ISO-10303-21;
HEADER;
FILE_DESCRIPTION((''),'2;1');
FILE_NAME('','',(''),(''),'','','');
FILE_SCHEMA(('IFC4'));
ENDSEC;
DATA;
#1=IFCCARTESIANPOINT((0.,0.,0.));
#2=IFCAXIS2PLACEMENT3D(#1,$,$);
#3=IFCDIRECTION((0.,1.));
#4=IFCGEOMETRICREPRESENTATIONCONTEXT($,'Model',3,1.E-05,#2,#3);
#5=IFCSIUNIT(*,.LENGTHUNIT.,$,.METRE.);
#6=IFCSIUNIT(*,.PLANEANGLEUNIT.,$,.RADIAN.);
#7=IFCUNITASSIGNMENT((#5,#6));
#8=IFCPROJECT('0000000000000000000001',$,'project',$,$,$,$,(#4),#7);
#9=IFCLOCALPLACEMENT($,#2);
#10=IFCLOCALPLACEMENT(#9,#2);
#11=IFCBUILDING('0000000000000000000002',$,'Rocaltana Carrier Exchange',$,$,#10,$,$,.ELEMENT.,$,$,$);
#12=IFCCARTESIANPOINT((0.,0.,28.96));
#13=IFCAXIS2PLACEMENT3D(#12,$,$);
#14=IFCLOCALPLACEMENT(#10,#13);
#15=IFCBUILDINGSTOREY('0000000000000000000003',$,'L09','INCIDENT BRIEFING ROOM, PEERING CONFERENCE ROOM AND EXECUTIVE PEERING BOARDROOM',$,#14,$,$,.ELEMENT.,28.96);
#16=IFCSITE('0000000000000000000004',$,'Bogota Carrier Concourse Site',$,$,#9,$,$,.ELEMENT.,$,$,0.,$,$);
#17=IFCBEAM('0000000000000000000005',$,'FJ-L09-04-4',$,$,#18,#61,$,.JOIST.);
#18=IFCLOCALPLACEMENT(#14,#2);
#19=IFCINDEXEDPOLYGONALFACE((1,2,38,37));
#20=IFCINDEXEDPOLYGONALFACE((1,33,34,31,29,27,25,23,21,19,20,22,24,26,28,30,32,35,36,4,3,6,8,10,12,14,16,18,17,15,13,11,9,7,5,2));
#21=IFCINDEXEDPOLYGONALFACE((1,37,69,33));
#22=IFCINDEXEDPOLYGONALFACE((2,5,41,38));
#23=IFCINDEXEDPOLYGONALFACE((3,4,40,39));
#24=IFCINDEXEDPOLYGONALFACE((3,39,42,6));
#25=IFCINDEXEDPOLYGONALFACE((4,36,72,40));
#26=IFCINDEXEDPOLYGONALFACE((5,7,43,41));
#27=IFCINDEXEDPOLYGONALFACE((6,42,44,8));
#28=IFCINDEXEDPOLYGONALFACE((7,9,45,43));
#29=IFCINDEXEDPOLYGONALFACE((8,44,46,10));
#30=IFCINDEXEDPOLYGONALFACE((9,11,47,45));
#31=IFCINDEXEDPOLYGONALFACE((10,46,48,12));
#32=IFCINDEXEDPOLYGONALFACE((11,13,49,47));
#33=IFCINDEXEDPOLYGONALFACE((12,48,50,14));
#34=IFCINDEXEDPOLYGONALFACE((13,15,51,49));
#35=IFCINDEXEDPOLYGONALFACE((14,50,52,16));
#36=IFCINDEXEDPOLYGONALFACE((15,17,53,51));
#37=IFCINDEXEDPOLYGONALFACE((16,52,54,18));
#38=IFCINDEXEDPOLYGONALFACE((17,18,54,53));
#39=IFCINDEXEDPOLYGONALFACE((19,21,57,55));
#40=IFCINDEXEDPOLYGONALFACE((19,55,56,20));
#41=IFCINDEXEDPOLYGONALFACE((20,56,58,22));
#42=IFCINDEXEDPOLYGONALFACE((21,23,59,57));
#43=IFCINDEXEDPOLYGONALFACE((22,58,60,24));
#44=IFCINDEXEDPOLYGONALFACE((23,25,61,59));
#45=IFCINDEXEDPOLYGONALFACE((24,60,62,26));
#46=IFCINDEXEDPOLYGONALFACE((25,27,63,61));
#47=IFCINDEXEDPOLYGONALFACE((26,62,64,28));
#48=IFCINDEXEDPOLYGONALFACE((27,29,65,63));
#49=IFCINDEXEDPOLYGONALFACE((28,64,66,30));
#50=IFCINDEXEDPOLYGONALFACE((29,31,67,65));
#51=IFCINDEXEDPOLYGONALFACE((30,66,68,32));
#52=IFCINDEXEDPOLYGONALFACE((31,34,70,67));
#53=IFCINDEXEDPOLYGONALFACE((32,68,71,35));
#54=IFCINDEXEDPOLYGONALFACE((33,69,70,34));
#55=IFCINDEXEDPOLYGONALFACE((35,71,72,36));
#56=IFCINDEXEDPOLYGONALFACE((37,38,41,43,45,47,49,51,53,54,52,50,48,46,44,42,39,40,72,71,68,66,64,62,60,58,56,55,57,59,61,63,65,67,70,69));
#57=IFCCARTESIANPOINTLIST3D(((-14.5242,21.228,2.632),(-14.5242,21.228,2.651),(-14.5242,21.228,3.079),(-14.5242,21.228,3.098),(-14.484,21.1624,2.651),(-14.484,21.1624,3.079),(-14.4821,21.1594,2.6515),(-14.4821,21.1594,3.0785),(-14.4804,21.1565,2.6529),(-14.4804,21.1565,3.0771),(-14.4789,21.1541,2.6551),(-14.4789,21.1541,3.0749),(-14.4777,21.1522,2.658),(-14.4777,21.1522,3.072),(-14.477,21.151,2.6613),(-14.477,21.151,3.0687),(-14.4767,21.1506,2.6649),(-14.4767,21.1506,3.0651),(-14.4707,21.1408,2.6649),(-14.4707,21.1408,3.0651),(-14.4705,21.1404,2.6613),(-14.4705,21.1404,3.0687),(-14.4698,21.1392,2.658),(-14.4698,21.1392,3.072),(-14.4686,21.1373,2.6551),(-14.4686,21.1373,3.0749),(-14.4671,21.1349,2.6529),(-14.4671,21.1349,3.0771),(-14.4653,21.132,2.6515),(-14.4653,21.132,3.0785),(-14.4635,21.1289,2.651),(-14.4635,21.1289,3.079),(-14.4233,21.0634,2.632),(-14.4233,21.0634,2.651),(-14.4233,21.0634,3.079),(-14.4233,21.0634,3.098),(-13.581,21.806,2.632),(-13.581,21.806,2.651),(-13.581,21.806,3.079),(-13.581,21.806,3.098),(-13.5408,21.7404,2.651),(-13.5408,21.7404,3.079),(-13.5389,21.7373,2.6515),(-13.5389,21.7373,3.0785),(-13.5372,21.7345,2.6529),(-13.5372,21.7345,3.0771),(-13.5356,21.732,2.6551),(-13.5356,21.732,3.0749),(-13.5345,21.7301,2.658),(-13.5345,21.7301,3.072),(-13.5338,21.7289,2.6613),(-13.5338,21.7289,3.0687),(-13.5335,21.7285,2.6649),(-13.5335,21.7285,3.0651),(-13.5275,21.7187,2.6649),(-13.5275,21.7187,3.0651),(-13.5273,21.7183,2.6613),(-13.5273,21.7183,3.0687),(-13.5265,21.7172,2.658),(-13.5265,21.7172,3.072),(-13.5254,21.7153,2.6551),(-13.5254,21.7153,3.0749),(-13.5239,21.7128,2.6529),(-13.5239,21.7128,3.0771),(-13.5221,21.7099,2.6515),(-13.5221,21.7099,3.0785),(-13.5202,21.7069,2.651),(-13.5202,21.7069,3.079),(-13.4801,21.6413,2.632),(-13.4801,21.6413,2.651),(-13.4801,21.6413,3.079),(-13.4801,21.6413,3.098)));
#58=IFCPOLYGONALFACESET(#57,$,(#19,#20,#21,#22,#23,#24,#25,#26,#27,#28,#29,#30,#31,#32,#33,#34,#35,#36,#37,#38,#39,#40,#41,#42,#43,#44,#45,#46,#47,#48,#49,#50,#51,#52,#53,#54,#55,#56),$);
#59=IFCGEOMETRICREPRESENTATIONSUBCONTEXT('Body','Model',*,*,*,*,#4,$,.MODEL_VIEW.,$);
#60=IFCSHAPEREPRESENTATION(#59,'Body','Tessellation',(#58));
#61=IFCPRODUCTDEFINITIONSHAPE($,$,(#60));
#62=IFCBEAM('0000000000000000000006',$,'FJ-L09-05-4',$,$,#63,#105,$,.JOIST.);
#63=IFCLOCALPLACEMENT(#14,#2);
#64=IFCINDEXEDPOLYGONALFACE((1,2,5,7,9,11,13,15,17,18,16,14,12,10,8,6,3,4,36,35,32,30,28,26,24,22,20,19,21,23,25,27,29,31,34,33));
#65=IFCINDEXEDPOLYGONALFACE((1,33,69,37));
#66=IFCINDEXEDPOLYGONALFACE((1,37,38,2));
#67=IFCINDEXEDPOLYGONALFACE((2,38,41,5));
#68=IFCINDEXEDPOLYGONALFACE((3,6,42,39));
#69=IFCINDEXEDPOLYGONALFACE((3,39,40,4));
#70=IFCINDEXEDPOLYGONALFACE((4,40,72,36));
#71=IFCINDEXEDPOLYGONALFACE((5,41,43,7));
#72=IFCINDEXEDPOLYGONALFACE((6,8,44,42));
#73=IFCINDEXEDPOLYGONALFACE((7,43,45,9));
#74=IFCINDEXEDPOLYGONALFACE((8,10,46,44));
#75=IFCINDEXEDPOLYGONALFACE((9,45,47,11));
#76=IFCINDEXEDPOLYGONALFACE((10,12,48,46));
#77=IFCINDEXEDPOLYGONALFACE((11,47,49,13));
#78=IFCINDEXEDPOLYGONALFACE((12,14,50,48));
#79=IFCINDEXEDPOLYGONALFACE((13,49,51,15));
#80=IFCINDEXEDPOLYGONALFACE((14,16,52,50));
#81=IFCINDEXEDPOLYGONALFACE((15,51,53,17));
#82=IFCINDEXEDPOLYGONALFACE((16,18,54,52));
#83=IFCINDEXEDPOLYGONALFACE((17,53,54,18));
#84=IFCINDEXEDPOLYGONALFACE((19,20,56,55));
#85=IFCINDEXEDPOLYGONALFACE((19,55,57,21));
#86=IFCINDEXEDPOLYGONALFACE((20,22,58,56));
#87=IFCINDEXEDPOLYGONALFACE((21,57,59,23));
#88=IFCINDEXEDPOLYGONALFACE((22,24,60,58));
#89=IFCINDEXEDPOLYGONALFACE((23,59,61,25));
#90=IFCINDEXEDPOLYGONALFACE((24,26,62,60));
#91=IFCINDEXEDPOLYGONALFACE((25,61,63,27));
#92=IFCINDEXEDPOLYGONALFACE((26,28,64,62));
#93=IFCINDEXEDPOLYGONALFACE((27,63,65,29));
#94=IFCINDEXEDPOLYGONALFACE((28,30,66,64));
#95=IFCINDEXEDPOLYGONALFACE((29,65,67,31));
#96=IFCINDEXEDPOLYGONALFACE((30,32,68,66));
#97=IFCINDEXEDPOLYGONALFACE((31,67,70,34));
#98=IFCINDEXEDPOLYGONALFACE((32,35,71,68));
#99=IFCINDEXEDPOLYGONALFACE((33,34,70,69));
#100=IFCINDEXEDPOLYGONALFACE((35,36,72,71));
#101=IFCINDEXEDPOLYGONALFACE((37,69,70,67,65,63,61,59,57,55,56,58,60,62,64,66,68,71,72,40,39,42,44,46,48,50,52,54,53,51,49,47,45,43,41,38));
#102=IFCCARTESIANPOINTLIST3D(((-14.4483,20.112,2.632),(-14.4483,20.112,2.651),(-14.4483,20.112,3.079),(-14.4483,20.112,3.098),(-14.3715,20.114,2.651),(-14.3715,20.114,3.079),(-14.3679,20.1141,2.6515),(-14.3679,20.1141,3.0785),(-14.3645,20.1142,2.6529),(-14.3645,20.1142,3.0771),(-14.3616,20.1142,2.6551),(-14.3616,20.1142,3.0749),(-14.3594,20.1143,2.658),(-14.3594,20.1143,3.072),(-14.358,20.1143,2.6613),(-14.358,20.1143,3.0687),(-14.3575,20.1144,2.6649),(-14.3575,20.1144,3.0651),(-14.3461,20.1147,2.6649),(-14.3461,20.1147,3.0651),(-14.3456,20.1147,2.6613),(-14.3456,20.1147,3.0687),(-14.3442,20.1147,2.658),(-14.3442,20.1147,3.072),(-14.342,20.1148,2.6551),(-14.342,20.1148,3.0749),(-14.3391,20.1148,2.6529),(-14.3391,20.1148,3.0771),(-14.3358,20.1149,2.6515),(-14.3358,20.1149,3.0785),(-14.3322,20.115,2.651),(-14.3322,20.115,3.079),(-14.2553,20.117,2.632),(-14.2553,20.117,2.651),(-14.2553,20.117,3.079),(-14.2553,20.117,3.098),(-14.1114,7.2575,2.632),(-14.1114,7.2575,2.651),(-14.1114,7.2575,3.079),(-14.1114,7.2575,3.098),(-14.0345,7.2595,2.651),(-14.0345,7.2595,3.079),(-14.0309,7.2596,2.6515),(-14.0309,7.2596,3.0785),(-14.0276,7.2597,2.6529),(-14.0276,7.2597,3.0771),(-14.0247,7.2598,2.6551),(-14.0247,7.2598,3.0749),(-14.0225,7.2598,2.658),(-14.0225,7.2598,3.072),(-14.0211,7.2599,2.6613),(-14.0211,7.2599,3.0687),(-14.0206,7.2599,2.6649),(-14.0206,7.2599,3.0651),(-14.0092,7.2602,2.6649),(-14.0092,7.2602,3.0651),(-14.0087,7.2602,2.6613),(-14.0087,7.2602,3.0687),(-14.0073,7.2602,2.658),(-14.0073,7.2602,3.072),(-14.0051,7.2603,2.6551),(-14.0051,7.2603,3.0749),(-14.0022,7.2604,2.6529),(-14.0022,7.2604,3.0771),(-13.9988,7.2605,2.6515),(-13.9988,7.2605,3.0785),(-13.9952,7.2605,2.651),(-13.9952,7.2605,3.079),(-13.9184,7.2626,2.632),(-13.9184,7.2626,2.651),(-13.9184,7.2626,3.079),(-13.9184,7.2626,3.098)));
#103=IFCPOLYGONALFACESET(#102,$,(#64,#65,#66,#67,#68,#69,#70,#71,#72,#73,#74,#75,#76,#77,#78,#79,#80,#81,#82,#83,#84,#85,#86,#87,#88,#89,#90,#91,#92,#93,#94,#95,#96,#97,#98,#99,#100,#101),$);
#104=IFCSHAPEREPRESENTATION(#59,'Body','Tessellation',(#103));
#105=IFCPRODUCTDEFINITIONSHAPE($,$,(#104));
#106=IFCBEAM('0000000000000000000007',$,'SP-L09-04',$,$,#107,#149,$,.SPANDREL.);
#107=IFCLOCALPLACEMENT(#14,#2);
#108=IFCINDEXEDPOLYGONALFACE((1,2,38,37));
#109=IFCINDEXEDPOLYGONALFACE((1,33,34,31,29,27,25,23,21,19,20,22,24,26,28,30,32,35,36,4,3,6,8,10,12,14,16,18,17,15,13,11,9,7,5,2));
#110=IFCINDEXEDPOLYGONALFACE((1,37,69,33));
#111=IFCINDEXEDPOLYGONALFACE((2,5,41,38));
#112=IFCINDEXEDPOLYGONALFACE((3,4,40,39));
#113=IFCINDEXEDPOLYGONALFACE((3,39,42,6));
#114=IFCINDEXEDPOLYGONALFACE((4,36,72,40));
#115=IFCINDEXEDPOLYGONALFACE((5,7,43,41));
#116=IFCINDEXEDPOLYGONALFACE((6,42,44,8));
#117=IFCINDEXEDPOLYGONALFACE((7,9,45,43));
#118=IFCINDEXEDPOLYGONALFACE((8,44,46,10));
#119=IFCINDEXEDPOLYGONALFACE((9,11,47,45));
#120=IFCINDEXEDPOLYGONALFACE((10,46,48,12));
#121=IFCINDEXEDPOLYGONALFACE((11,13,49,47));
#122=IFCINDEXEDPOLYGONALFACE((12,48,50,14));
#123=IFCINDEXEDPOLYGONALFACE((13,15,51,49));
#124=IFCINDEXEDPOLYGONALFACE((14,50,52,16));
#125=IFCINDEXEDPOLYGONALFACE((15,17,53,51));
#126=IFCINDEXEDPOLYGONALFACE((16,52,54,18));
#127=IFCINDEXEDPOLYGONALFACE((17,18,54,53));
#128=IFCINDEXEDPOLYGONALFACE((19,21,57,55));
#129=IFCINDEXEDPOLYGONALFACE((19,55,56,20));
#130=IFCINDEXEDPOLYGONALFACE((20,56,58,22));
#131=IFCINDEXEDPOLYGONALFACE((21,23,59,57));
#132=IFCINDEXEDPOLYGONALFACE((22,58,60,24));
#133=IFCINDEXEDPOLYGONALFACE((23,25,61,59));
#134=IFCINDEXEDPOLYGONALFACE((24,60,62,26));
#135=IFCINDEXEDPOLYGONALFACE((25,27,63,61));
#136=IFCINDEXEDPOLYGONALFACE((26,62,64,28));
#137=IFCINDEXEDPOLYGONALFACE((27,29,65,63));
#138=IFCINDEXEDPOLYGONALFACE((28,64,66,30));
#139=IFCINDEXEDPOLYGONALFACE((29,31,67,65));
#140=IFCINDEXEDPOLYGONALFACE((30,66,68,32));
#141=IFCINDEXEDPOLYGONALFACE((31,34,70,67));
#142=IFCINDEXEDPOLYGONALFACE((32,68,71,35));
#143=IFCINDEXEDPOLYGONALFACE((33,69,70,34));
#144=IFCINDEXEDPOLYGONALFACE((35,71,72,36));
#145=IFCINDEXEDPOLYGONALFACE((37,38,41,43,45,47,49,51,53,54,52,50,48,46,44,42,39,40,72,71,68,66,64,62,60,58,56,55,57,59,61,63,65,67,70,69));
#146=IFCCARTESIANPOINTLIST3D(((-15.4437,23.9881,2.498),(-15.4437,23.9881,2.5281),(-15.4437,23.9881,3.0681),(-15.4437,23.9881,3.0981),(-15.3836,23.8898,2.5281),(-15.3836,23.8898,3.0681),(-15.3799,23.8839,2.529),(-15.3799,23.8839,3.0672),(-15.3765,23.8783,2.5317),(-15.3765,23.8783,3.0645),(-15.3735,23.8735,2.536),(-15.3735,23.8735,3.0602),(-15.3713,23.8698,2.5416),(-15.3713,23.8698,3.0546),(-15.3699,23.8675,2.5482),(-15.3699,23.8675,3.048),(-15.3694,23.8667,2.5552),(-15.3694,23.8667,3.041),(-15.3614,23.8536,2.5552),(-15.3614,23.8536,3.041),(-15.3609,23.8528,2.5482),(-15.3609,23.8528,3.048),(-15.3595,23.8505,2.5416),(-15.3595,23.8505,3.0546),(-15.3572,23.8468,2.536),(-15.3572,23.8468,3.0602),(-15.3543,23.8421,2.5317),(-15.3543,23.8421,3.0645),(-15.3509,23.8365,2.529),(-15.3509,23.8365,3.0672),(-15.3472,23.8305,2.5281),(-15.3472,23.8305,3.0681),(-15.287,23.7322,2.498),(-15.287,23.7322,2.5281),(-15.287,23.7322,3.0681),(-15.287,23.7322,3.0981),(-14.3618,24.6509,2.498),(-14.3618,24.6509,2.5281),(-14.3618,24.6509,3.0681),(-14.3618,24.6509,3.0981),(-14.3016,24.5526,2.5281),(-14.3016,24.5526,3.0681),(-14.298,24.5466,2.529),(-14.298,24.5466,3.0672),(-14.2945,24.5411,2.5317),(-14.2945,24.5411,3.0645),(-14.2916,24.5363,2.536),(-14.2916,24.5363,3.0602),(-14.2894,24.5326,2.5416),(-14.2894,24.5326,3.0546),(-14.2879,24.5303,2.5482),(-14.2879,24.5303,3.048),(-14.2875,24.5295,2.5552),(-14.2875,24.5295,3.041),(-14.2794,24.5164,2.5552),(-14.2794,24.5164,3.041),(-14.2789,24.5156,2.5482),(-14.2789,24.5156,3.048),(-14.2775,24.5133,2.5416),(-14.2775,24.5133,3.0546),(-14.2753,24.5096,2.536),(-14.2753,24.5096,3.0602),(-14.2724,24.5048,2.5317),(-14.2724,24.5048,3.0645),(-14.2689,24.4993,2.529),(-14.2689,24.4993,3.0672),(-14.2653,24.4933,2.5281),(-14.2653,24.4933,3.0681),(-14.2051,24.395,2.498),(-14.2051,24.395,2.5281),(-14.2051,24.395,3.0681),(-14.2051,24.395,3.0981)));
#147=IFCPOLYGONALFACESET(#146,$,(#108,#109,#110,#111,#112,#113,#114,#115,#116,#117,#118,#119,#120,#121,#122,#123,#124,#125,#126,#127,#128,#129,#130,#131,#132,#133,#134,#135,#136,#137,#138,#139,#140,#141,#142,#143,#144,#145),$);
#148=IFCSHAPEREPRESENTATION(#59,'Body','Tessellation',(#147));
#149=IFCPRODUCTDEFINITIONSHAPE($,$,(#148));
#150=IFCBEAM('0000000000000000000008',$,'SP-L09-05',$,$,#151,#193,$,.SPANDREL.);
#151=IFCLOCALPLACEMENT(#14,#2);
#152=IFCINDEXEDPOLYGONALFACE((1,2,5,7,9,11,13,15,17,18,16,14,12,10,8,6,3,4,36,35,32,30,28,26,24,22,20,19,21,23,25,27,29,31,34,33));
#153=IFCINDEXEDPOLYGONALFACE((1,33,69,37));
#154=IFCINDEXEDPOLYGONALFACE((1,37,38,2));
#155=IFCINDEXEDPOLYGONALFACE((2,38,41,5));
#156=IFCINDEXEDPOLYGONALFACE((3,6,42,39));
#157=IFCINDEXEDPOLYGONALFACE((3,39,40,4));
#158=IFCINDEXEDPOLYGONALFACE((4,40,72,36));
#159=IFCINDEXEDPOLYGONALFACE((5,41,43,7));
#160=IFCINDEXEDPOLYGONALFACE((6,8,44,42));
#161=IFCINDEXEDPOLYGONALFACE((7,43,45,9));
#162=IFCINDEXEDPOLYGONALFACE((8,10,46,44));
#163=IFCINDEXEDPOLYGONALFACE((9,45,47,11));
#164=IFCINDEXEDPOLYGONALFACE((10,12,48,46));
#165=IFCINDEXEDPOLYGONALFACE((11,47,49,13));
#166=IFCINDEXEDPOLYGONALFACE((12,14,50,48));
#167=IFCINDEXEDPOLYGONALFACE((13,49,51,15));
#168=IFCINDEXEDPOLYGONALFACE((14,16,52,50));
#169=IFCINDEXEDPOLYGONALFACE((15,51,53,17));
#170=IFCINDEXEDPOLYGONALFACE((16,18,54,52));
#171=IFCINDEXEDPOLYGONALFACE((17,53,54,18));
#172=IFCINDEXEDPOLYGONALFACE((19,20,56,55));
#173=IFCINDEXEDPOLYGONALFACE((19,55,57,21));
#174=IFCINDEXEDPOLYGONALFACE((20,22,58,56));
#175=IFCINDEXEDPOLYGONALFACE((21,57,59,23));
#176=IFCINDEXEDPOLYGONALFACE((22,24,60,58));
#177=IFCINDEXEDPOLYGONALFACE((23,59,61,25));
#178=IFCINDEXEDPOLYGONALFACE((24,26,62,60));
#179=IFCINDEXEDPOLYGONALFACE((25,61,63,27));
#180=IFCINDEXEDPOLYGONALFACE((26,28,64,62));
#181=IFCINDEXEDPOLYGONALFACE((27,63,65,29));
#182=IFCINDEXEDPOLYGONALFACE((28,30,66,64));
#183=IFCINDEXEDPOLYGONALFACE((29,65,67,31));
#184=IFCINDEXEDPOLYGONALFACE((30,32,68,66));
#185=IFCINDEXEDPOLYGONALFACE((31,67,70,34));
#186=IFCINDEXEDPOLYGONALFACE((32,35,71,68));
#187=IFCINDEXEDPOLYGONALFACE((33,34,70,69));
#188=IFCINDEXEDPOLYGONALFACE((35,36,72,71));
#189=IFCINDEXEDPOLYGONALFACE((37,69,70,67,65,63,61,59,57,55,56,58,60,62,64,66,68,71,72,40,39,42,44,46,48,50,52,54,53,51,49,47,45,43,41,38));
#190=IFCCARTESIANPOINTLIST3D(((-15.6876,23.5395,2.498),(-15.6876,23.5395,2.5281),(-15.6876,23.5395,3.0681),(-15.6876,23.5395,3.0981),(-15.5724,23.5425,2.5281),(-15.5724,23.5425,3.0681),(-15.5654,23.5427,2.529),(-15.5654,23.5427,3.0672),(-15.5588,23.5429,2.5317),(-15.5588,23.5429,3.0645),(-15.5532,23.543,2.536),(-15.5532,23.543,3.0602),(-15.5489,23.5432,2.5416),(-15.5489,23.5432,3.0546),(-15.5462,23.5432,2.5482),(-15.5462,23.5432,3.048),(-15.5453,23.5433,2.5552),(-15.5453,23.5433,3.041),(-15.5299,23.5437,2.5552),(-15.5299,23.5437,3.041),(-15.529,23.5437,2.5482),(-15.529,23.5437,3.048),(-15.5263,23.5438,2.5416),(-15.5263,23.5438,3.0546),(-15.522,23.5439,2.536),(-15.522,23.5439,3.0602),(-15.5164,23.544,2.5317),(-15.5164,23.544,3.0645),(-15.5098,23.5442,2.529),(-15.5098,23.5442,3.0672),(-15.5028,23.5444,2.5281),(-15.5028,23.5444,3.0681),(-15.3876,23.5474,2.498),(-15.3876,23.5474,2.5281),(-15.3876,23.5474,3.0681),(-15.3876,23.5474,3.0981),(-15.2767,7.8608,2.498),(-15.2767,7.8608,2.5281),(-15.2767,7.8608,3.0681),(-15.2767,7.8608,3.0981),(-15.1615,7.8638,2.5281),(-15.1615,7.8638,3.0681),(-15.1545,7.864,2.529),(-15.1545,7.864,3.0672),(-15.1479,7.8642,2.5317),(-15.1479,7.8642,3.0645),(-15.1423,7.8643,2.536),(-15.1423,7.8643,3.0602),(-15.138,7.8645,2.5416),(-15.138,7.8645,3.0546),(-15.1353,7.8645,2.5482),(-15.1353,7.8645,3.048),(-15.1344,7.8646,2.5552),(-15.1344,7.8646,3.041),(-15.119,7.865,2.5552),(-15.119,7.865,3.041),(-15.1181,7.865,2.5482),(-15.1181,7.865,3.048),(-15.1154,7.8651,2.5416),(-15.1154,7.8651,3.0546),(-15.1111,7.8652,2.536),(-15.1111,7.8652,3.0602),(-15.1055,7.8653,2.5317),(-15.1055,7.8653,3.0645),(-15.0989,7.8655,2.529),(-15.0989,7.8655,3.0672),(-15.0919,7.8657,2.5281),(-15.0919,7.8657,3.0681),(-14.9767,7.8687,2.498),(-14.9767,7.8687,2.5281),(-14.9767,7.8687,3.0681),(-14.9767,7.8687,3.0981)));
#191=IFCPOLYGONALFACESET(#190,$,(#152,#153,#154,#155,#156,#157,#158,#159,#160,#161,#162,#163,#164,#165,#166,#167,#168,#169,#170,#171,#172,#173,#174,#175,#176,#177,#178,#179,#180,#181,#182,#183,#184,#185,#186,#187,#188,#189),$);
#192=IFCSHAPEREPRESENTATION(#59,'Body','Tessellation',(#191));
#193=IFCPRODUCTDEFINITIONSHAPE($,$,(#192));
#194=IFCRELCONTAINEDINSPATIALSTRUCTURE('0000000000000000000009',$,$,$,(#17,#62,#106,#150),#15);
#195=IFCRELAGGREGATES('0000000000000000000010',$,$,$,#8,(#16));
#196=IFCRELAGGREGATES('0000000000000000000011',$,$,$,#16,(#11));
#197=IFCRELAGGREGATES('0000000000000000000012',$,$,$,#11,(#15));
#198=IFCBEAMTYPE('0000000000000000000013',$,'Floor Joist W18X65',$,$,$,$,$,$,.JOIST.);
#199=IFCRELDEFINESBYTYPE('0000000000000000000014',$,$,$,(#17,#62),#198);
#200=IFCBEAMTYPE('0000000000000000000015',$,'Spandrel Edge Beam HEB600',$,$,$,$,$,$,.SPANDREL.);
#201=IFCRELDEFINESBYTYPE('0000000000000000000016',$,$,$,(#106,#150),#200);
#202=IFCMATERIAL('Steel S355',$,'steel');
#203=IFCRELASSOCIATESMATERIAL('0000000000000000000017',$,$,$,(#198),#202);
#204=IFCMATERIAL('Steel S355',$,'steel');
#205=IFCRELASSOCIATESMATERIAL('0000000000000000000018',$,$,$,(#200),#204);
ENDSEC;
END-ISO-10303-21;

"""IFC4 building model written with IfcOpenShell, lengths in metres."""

from ifc_helpers import new_model, si_unit, direction, frame, origin, origin_2d, place, context, subcontext, project, spatial, i_section, extrude, material, material_profile, profile_set, type_object, element, save


model = new_model("IFC4")

# Units and contexts
model_context = context("Model", 3, precision=1e-05, world=origin(), true_north=direction((0.0, 1.0)))
body_context = subcontext(model_context, "Body", "Model", "MODEL_VIEW")
ifc_project = project(units=[si_unit("LENGTHUNIT", "METRE"), si_unit("PLANEANGLEUNIT", "RADIAN")], contexts=[model_context])

# Site, building, storey
site_placement = place(None, origin())
site = spatial("IfcSite", under=ifc_project, at=site_placement, Name="Bogota Carrier Concourse Site", CompositionType="ELEMENT", RefElevation=0.0)
building_placement = place(site_placement, origin())
building = spatial("IfcBuilding", under=site, at=building_placement, Name="Rocaltana Carrier Exchange", CompositionType="ELEMENT")
storey_placement = place(building_placement, frame((0.0, 0.0, 28.96)))
storey = spatial("IfcBuildingStorey", under=building, at=storey_placement, Name="L09", Description="INCIDENT BRIEFING ROOM, PEERING CONFERENCE ROOM AND EXECUTIVE PEERING BOARDROOM", CompositionType="ELEMENT", Elevation=28.96)

# Beams
ifc_material_1 = material(Name="Steel S355", Category="steel")
ifc_material_profile_1 = material_profile(ifc_material_1, i_section(OverallWidth=0.1931, OverallDepth=0.4661, WebThickness=0.0115, FlangeThickness=0.019, FilletRadius=0.0139, at=origin_2d()), Name="W18X65")
ifc_profile_set_1 = profile_set([ifc_material_profile_1], Name="Steel S355")
beam_type_1 = type_object("IfcBeamType", Name="Floor Joist W18X65", PredefinedType="JOIST", material=ifc_profile_set_1)
beam_1_placement = place(storey_placement, frame((-13.5305, 21.7236, 2.865), z_axis=(-0.852665, -0.522459, 0.0), x_axis=(0.522459, -0.852665, 0.0)))
element("IfcBeam", 1, at=beam_1_placement, inside=storey, type_object=beam_type_1, Name="FJ-L09-04-4", PredefinedType="JOIST", context=body_context, shape_type="SweptSolid", body=[
    extrude(i_section(OverallWidth=0.1931, OverallDepth=0.4661, WebThickness=0.0115, FlangeThickness=0.019, FilletRadius=0.0139, at=origin_2d()), origin(), (0.0, 0.0, 1.0), 1.1062),
])
beam_2_placement = place(storey_placement, frame((-14.3518, 20.1145, 2.865), z_axis=(0.026201, -0.999657, 0.0), x_axis=(0.999657, 0.026201, 0.0)))
element("IfcBeam", 2, at=beam_2_placement, inside=storey, type_object=beam_type_1, Name="FJ-L09-05-4", PredefinedType="JOIST", context=body_context, shape_type="SweptSolid", body=[
    extrude(i_section(OverallWidth=0.1931, OverallDepth=0.4661, WebThickness=0.0115, FlangeThickness=0.019, FilletRadius=0.0139, at=origin_2d()), origin(), (0.0, 0.0, 1.0), 12.8589),
])
ifc_material_2 = material(Name="Steel S355", Category="steel")
ifc_material_profile_2 = material_profile(ifc_material_2, i_section(OverallWidth=0.3, OverallDepth=0.6001, WebThickness=0.0154, FlangeThickness=0.03, FilletRadius=0.0271, at=origin_2d()), Name="HEB600")
ifc_profile_set_2 = profile_set([ifc_material_profile_2], Name="Steel S355")
beam_type_2 = type_object("IfcBeamType", Name="Spandrel Edge Beam HEB600", PredefinedType="SPANDREL", material=ifc_profile_set_2)
beam_3_placement = place(storey_placement, frame((-14.2834, 24.5229, 2.7981), z_axis=(-0.85272, -0.522368, 0.0), x_axis=(0.522368, -0.85272, 0.0)))
element("IfcBeam", 3, at=beam_3_placement, inside=storey, type_object=beam_type_2, Name="SP-L09-04", PredefinedType="SPANDREL", context=body_context, shape_type="SweptSolid", body=[
    extrude(i_section(OverallWidth=0.3, OverallDepth=0.6001, WebThickness=0.0154, FlangeThickness=0.03, FilletRadius=0.0271, at=origin_2d()), origin(), (0.0, 0.0, 1.0), 1.2688),
])
beam_4_placement = place(storey_placement, frame((-15.5376, 23.5435, 2.7981), z_axis=(0.026198, -0.999657, 0.0), x_axis=(0.999657, 0.026198, 0.0)))
element("IfcBeam", 4, at=beam_4_placement, inside=storey, type_object=beam_type_2, Name="SP-L09-05", PredefinedType="SPANDREL", context=body_context, shape_type="SweptSolid", body=[
    extrude(i_section(OverallWidth=0.3, OverallDepth=0.6001, WebThickness=0.0154, FlangeThickness=0.03, FilletRadius=0.0271, at=origin_2d()), origin(), (0.0, 0.0, 1.0), 15.6841),
])

save(model, "model.ifc")
